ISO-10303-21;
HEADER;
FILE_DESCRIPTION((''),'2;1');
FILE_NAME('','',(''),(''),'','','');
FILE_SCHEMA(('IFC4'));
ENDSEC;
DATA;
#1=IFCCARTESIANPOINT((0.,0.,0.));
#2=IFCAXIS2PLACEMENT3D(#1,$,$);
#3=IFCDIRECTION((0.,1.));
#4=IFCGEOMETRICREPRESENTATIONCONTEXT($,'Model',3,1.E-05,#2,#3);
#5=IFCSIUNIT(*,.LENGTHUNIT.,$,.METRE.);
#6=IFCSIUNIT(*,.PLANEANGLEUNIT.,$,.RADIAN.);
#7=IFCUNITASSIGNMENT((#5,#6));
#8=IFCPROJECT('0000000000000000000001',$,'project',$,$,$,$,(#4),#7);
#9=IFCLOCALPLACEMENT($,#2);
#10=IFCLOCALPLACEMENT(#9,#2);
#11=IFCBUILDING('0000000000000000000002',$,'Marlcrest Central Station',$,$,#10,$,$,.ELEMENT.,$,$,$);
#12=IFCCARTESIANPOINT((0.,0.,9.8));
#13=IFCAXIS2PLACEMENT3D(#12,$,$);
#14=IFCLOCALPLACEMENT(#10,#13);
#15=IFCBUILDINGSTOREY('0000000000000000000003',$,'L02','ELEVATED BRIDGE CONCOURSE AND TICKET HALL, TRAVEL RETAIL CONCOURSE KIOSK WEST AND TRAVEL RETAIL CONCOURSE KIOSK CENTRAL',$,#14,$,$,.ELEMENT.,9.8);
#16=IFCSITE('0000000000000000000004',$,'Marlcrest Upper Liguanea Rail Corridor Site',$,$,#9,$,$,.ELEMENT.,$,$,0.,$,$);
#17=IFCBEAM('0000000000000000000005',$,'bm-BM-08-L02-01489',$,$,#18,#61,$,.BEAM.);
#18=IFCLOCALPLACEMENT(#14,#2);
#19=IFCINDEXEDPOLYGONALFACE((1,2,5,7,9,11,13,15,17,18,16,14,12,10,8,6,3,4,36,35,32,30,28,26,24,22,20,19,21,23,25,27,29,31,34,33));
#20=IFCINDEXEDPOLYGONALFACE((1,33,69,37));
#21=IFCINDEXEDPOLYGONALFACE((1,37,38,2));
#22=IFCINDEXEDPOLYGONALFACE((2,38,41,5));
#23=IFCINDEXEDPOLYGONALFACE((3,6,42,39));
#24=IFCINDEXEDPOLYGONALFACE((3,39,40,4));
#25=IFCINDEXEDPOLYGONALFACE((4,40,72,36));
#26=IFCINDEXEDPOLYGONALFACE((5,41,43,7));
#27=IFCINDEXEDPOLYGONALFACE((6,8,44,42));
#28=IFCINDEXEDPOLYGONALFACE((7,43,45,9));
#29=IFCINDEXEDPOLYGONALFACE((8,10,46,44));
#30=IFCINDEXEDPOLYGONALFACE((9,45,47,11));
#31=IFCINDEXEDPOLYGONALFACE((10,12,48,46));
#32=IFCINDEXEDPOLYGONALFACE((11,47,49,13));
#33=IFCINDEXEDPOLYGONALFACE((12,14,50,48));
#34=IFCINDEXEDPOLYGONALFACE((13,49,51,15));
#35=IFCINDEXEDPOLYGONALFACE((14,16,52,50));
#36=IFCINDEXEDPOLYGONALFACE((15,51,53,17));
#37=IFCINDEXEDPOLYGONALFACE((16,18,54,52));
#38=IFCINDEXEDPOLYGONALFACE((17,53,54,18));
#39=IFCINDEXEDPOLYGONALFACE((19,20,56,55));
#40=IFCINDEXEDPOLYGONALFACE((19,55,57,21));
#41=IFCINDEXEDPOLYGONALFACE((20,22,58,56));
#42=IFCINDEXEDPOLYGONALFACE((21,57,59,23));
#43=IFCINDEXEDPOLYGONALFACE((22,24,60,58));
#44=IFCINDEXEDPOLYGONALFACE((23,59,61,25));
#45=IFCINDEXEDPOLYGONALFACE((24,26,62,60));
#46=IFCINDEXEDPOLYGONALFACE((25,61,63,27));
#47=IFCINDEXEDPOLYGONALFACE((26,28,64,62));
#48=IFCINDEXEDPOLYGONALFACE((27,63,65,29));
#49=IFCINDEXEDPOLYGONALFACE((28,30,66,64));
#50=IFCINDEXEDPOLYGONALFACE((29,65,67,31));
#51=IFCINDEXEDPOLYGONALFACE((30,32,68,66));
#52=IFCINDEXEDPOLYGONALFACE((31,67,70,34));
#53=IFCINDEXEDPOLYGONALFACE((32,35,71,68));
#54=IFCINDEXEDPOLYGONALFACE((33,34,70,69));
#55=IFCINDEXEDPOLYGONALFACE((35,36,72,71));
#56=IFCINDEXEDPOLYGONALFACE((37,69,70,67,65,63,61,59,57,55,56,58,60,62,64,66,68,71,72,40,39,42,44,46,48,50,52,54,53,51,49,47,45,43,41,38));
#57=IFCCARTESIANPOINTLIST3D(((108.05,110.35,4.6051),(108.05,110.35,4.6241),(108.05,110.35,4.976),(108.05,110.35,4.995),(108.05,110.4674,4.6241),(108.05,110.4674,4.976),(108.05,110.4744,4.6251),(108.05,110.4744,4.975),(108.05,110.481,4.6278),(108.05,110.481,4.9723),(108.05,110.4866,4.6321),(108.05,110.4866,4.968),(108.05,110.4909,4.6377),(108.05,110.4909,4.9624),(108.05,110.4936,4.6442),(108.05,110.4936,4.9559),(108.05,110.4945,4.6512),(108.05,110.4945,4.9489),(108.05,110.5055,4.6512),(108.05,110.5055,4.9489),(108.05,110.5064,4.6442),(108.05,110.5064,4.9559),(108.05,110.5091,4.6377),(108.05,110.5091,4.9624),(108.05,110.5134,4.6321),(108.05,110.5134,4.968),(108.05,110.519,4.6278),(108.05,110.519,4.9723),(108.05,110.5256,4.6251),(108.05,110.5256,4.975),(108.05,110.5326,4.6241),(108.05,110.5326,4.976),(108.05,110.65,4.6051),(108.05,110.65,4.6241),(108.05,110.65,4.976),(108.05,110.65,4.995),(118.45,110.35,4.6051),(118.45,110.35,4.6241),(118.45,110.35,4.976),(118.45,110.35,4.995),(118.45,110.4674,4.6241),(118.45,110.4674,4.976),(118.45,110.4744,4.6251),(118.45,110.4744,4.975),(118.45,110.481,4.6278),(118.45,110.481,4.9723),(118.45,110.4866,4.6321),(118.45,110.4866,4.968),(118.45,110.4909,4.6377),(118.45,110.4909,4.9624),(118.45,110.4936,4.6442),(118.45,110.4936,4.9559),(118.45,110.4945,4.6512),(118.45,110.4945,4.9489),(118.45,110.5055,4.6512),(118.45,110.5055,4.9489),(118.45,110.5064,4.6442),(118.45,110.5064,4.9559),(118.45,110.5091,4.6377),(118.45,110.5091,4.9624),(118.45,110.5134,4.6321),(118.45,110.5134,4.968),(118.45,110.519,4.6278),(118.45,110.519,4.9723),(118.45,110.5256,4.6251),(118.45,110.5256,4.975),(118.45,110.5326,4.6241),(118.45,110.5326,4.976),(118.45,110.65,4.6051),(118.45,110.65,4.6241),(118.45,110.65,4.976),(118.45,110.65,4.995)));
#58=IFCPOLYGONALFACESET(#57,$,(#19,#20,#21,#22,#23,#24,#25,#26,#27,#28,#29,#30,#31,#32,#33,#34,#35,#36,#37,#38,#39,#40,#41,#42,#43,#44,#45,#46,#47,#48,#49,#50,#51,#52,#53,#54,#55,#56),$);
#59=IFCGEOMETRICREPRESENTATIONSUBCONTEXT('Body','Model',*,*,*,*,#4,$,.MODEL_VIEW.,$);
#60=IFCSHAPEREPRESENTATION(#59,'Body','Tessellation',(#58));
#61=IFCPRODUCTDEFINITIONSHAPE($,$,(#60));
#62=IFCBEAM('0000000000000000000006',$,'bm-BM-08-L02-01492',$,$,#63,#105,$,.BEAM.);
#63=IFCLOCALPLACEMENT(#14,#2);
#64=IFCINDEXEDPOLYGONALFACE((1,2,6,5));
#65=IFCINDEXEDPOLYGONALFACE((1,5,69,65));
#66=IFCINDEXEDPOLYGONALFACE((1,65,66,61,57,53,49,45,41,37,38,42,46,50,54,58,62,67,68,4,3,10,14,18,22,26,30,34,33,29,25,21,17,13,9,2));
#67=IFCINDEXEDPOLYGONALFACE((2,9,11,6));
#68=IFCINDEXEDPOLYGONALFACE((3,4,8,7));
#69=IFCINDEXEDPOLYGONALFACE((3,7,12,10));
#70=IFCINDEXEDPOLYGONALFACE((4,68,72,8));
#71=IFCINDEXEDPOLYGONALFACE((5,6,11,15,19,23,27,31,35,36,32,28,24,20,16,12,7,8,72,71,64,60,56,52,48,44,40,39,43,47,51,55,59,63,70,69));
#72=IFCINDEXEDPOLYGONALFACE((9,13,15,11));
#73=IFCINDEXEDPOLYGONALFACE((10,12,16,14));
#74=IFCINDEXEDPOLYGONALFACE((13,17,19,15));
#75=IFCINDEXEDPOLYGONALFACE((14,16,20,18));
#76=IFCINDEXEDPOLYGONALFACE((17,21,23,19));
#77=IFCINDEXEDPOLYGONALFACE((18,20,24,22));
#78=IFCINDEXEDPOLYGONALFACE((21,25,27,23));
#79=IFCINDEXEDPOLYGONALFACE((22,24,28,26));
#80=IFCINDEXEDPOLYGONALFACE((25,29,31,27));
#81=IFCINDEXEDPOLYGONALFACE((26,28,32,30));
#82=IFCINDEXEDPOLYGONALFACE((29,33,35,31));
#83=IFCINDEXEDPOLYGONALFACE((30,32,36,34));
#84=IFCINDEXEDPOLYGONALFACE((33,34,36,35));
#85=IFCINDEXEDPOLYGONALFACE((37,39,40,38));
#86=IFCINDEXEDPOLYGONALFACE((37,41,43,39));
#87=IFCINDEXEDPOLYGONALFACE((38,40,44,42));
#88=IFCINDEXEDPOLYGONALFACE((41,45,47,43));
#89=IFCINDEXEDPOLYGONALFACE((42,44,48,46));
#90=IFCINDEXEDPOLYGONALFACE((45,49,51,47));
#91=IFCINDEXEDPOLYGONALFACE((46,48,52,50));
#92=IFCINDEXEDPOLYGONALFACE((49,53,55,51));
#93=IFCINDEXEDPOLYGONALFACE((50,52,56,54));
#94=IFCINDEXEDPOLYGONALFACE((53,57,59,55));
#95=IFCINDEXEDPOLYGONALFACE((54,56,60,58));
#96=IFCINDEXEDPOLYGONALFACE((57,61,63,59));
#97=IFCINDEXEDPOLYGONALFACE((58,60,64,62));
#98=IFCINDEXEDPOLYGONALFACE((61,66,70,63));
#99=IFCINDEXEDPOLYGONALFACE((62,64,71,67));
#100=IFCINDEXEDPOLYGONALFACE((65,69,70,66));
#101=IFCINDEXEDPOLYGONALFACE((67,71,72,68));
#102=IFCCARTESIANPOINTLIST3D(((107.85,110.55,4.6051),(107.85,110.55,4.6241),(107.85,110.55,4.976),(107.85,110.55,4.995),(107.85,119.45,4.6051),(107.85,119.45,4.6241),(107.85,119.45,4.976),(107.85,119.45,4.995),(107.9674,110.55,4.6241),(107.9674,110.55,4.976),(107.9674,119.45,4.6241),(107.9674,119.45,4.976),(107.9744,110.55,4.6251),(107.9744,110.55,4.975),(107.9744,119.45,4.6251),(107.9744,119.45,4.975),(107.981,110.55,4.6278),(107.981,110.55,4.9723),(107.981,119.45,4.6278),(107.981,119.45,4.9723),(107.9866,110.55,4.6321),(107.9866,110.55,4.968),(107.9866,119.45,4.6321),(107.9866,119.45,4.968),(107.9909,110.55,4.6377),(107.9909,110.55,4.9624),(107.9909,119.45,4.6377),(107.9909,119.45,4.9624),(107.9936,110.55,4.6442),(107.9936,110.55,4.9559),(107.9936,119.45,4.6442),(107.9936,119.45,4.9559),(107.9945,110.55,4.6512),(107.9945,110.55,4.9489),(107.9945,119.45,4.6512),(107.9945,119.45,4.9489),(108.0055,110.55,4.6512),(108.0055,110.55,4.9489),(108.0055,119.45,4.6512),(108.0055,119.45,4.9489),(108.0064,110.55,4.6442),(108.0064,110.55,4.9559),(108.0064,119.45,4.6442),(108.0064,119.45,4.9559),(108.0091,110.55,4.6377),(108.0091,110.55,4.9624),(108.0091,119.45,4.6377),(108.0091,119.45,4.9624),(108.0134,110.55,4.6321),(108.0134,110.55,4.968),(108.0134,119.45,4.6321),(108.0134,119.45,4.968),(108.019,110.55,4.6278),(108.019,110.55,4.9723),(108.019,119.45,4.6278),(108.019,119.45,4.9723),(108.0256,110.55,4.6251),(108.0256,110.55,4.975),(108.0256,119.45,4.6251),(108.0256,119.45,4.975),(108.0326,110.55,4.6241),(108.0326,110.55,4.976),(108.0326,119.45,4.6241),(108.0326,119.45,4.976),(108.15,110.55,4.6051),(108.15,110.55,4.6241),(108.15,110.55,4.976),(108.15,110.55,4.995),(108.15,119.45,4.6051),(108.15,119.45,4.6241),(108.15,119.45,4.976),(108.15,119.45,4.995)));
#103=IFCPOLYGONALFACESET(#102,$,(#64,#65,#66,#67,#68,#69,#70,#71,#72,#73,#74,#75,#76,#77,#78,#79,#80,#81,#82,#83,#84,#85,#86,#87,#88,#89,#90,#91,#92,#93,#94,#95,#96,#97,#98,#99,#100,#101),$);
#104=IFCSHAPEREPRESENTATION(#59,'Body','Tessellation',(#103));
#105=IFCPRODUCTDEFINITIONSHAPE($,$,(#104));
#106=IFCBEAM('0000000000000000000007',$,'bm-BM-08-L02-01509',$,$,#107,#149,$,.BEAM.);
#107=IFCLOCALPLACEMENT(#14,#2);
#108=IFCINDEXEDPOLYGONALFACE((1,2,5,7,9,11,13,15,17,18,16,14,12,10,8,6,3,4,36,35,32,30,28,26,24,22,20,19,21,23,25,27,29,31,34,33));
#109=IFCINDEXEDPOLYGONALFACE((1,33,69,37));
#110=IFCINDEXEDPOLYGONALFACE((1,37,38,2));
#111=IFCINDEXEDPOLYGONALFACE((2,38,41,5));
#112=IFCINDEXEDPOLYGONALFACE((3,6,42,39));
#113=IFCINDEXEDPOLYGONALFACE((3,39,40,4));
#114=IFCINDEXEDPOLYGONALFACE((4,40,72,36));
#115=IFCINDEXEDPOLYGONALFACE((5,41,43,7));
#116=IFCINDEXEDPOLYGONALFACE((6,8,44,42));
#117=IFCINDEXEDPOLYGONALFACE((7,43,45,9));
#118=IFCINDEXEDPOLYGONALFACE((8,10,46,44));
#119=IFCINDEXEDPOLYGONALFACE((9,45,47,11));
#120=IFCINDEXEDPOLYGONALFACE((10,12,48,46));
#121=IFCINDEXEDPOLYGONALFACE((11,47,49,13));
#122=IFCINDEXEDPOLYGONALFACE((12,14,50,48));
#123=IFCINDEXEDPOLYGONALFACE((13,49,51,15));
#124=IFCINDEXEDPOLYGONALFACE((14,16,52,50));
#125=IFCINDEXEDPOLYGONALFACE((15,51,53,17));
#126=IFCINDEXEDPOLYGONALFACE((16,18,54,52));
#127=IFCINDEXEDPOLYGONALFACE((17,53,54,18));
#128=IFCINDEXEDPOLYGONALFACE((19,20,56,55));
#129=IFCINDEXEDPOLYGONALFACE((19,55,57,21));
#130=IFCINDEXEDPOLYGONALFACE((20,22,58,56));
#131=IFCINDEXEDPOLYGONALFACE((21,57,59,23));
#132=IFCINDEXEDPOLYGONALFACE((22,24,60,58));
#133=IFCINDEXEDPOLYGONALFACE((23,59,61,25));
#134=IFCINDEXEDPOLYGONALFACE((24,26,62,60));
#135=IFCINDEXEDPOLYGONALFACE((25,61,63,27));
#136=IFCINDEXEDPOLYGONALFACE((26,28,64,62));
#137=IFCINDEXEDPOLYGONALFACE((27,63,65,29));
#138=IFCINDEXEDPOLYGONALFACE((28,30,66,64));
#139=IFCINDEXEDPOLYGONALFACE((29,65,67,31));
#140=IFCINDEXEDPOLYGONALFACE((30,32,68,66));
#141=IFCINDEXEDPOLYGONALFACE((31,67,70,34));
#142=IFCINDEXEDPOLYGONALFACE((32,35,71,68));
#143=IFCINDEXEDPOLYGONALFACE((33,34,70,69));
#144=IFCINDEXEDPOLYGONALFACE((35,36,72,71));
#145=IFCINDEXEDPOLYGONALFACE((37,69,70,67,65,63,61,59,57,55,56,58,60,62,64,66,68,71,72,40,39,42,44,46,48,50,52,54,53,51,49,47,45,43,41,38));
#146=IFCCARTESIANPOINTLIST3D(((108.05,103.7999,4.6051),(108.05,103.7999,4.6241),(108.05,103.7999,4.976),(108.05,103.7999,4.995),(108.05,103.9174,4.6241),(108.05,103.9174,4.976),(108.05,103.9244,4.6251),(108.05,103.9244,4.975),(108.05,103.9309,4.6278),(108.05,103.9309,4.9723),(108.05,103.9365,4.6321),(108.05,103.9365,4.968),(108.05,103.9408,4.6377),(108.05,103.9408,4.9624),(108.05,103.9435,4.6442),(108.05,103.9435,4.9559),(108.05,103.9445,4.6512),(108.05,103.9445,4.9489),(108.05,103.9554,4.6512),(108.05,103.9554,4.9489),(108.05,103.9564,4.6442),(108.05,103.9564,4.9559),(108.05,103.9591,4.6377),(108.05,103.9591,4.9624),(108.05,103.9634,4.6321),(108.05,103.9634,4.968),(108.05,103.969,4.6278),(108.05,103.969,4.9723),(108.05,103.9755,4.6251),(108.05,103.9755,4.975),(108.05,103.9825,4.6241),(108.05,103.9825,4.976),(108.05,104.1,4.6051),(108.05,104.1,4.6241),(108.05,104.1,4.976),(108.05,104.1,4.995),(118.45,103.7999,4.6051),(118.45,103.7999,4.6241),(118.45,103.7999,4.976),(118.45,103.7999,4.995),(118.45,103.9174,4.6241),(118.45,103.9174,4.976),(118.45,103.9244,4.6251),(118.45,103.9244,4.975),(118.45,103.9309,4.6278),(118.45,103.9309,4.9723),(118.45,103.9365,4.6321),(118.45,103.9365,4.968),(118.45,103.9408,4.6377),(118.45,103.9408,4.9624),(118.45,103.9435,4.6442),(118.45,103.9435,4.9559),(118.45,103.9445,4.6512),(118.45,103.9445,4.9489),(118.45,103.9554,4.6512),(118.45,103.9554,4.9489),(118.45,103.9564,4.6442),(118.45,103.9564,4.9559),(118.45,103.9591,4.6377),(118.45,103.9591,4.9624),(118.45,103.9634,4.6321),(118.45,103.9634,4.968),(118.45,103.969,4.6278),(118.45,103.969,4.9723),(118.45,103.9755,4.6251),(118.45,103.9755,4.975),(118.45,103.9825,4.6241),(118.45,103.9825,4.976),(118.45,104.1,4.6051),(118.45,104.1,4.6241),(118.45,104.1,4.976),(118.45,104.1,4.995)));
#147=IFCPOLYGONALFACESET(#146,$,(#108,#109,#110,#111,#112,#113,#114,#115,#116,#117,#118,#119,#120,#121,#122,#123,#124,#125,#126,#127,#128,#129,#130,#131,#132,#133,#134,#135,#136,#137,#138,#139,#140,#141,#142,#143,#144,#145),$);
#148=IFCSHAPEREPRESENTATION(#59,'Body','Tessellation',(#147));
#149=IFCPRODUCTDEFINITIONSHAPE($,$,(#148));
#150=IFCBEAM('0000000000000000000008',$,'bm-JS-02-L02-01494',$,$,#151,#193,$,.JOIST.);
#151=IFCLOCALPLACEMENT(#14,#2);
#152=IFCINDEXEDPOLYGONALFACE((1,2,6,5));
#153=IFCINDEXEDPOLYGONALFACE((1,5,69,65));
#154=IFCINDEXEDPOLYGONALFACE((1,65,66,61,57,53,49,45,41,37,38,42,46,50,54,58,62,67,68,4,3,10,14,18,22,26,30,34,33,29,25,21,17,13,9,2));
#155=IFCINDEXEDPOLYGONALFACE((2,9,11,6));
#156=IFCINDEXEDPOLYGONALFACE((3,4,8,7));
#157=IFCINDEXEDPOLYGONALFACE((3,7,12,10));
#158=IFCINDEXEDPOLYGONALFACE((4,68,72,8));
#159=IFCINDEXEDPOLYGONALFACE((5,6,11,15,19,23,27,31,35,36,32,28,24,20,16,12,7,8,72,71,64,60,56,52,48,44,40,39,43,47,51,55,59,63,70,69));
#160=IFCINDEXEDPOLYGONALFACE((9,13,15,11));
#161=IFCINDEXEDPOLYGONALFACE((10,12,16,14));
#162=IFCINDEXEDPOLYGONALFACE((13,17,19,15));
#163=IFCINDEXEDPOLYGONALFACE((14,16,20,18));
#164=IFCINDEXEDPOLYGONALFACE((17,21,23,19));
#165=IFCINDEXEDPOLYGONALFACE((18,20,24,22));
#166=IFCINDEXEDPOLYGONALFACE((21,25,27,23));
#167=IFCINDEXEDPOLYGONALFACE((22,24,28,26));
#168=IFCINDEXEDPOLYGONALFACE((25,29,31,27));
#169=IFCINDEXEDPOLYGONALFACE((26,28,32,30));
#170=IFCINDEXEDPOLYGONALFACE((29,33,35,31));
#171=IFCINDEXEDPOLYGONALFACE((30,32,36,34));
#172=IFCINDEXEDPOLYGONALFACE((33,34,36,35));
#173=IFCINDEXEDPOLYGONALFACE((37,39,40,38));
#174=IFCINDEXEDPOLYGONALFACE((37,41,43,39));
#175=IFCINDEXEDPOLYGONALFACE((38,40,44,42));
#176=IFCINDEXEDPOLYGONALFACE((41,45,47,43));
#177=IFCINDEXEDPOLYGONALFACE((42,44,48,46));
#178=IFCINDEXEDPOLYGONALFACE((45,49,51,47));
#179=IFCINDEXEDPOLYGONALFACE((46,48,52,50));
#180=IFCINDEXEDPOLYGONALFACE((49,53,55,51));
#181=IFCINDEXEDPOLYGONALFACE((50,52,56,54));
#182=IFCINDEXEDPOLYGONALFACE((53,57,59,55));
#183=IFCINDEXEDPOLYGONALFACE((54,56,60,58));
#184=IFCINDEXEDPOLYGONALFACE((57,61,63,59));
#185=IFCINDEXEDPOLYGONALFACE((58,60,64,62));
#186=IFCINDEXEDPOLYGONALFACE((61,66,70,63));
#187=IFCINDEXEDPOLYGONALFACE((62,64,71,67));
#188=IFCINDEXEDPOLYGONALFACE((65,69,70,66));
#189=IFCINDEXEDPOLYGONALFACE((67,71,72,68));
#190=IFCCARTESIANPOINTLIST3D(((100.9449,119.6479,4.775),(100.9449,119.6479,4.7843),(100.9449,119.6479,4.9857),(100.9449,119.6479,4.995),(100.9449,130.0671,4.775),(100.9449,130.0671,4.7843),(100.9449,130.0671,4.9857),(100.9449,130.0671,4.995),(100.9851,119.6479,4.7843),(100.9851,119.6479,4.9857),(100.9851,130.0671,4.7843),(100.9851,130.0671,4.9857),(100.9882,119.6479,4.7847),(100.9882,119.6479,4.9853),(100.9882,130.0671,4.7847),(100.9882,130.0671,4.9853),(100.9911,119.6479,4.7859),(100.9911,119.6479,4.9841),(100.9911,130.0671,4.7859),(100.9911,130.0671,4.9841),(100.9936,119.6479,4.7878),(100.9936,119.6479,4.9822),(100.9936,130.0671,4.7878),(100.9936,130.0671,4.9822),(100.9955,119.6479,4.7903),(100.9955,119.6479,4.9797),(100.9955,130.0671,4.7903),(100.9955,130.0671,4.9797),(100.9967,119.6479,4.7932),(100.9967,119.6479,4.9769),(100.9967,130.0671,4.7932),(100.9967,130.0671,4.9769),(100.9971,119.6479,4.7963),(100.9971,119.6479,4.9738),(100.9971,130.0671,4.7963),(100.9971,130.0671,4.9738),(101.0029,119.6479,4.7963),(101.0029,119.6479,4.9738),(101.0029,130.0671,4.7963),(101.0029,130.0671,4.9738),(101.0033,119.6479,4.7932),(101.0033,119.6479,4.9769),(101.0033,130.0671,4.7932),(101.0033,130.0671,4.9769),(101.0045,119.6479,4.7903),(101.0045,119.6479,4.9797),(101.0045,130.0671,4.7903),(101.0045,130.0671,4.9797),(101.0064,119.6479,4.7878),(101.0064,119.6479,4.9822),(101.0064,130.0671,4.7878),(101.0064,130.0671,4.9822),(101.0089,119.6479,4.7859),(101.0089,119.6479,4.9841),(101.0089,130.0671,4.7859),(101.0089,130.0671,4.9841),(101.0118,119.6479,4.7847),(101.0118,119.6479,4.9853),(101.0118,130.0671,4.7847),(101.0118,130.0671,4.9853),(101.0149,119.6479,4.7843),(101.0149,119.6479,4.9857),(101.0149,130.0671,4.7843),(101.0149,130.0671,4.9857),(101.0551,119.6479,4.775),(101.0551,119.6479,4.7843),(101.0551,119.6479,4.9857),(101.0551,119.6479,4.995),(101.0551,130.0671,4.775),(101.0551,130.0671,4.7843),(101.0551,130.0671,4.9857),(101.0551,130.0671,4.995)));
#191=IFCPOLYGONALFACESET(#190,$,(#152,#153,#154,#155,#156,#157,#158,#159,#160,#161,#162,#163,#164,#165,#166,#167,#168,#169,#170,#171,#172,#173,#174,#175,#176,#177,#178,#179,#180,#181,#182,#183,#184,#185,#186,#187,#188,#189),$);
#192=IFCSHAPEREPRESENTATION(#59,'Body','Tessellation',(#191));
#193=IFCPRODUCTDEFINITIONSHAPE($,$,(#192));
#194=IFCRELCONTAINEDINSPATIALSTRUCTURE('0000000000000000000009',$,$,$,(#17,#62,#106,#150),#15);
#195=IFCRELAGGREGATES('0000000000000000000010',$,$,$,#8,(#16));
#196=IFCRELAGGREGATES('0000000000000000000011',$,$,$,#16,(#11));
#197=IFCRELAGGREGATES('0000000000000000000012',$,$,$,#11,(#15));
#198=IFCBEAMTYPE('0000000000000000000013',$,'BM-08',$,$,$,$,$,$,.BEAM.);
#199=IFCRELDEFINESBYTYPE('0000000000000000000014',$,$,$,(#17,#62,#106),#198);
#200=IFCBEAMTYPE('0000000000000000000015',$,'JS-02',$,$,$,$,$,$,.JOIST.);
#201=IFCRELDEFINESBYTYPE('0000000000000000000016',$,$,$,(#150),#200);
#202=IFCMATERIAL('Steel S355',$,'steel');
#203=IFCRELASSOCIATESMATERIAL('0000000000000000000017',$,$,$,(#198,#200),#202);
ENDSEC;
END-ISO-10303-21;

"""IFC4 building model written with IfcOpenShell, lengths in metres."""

from ifc_helpers import new_model, si_unit, direction, frame, origin, origin_2d, place, context, subcontext, project, spatial, i_section, extrude, material, material_profile, profile_set, type_object, element, save


model = new_model("IFC4")

# Units and contexts
model_context = context("Model", 3, precision=1e-05, world=origin(), true_north=direction((0.0, 1.0)))
body_context = subcontext(model_context, "Body", "Model", "MODEL_VIEW")
ifc_project = project(units=[si_unit("LENGTHUNIT", "METRE"), si_unit("PLANEANGLEUNIT", "RADIAN")], contexts=[model_context])

# Site, building, storey
site_placement = place(None, origin())
site = spatial("IfcSite", under=ifc_project, at=site_placement, Name="Marlcrest Upper Liguanea Rail Corridor Site", CompositionType="ELEMENT", RefElevation=0.0)
building_placement = place(site_placement, origin())
building = spatial("IfcBuilding", under=site, at=building_placement, Name="Marlcrest Central Station", CompositionType="ELEMENT")
storey_placement = place(building_placement, frame((0.0, 0.0, 9.8)))
storey = spatial("IfcBuildingStorey", under=building, at=storey_placement, Name="L02", Description="ELEVATED BRIDGE CONCOURSE AND TICKET HALL, TRAVEL RETAIL CONCOURSE KIOSK WEST AND TRAVEL RETAIL CONCOURSE KIOSK CENTRAL", CompositionType="ELEMENT", Elevation=9.8)

# Shared definitions
ifc_material_1 = material(Name="Steel S355", Category="steel")

# Beams
ifc_material_profile_1 = material_profile(ifc_material_1, i_section(OverallWidth=0.3, OverallDepth=0.3899, WebThickness=0.011, FlangeThickness=0.019, FilletRadius=0.0271, at=origin_2d()), Name="HEA 400")
ifc_profile_set_1 = profile_set([ifc_material_profile_1], Name="Steel S355")
beam_type_1 = type_object("IfcBeamType", Name="BM-08", PredefinedType="BEAM", material=ifc_profile_set_1)
for number, where, z_axis, x_axis, name in (
    (1, (108.05, 110.5, 4.8), (1.0, 0.0, 0.0), (0.0, 1.0, 0.0), "bm-BM-08-L02-01489"),
):
    element("IfcBeam", number, at=place(storey_placement, frame(where, z_axis=z_axis, x_axis=x_axis)), inside=storey, type_object=beam_type_1, Name=name, PredefinedType="BEAM", context=body_context, shape_type="SweptSolid", body=[
        extrude(i_section(OverallWidth=0.3, OverallDepth=0.3899, WebThickness=0.011, FlangeThickness=0.019, FilletRadius=0.0271, at=origin_2d()), origin(), (0.0, 0.0, 1.0), 10.3999),
    ])
beam_1_placement = place(storey_placement, frame((108.0, 110.55, 4.8), z_axis=(0.0, 1.0, 0.0), x_axis=(-1.0, 0.0, 0.0)))
element("IfcBeam", 2, at=beam_1_placement, inside=storey, type_object=beam_type_1, Name="bm-BM-08-L02-01492", PredefinedType="BEAM", context=body_context, shape_type="SweptSolid", body=[
    extrude(i_section(OverallWidth=0.3, OverallDepth=0.3899, WebThickness=0.011, FlangeThickness=0.019, FilletRadius=0.0271, at=origin_2d()), origin(), (0.0, 0.0, 1.0), 8.8999),
])
beam_2_placement = place(storey_placement, frame((108.05, 103.95, 4.8), z_axis=(1.0, 0.0, 0.0), x_axis=(0.0, 1.0, 0.0)))
element("IfcBeam", 3, at=beam_2_placement, inside=storey, type_object=beam_type_1, Name="bm-BM-08-L02-01509", PredefinedType="BEAM", context=body_context, shape_type="SweptSolid", body=[
    extrude(i_section(OverallWidth=0.3, OverallDepth=0.3899, WebThickness=0.011, FlangeThickness=0.019, FilletRadius=0.0271, at=origin_2d()), origin(), (0.0, 0.0, 1.0), 10.3999),
])
ifc_material_profile_2 = material_profile(ifc_material_1, i_section(OverallWidth=0.1101, OverallDepth=0.22, WebThickness=0.0059, FlangeThickness=0.0093, FilletRadius=0.012, at=origin_2d()), Name="IPE 220")
ifc_profile_set_2 = profile_set([ifc_material_profile_2], Name="Steel S355")
beam_type_2 = type_object("IfcBeamType", Name="JS-02", PredefinedType="JOIST", material=ifc_profile_set_2)
beam_3_placement = place(storey_placement, frame((101.0, 119.6479, 4.885), z_axis=(0.0, 1.0, 0.0), x_axis=(-1.0, 0.0, 0.0)))
element("IfcBeam", 4, at=beam_3_placement, inside=storey, type_object=beam_type_2, Name="bm-JS-02-L02-01494", PredefinedType="JOIST", context=body_context, shape_type="SweptSolid", body=[
    extrude(i_section(OverallWidth=0.1101, OverallDepth=0.22, WebThickness=0.0059, FlangeThickness=0.0093, FilletRadius=0.012, at=origin_2d()), origin(), (0.0, 0.0, 1.0), 10.4192),
])

save(model, "model.ifc")
